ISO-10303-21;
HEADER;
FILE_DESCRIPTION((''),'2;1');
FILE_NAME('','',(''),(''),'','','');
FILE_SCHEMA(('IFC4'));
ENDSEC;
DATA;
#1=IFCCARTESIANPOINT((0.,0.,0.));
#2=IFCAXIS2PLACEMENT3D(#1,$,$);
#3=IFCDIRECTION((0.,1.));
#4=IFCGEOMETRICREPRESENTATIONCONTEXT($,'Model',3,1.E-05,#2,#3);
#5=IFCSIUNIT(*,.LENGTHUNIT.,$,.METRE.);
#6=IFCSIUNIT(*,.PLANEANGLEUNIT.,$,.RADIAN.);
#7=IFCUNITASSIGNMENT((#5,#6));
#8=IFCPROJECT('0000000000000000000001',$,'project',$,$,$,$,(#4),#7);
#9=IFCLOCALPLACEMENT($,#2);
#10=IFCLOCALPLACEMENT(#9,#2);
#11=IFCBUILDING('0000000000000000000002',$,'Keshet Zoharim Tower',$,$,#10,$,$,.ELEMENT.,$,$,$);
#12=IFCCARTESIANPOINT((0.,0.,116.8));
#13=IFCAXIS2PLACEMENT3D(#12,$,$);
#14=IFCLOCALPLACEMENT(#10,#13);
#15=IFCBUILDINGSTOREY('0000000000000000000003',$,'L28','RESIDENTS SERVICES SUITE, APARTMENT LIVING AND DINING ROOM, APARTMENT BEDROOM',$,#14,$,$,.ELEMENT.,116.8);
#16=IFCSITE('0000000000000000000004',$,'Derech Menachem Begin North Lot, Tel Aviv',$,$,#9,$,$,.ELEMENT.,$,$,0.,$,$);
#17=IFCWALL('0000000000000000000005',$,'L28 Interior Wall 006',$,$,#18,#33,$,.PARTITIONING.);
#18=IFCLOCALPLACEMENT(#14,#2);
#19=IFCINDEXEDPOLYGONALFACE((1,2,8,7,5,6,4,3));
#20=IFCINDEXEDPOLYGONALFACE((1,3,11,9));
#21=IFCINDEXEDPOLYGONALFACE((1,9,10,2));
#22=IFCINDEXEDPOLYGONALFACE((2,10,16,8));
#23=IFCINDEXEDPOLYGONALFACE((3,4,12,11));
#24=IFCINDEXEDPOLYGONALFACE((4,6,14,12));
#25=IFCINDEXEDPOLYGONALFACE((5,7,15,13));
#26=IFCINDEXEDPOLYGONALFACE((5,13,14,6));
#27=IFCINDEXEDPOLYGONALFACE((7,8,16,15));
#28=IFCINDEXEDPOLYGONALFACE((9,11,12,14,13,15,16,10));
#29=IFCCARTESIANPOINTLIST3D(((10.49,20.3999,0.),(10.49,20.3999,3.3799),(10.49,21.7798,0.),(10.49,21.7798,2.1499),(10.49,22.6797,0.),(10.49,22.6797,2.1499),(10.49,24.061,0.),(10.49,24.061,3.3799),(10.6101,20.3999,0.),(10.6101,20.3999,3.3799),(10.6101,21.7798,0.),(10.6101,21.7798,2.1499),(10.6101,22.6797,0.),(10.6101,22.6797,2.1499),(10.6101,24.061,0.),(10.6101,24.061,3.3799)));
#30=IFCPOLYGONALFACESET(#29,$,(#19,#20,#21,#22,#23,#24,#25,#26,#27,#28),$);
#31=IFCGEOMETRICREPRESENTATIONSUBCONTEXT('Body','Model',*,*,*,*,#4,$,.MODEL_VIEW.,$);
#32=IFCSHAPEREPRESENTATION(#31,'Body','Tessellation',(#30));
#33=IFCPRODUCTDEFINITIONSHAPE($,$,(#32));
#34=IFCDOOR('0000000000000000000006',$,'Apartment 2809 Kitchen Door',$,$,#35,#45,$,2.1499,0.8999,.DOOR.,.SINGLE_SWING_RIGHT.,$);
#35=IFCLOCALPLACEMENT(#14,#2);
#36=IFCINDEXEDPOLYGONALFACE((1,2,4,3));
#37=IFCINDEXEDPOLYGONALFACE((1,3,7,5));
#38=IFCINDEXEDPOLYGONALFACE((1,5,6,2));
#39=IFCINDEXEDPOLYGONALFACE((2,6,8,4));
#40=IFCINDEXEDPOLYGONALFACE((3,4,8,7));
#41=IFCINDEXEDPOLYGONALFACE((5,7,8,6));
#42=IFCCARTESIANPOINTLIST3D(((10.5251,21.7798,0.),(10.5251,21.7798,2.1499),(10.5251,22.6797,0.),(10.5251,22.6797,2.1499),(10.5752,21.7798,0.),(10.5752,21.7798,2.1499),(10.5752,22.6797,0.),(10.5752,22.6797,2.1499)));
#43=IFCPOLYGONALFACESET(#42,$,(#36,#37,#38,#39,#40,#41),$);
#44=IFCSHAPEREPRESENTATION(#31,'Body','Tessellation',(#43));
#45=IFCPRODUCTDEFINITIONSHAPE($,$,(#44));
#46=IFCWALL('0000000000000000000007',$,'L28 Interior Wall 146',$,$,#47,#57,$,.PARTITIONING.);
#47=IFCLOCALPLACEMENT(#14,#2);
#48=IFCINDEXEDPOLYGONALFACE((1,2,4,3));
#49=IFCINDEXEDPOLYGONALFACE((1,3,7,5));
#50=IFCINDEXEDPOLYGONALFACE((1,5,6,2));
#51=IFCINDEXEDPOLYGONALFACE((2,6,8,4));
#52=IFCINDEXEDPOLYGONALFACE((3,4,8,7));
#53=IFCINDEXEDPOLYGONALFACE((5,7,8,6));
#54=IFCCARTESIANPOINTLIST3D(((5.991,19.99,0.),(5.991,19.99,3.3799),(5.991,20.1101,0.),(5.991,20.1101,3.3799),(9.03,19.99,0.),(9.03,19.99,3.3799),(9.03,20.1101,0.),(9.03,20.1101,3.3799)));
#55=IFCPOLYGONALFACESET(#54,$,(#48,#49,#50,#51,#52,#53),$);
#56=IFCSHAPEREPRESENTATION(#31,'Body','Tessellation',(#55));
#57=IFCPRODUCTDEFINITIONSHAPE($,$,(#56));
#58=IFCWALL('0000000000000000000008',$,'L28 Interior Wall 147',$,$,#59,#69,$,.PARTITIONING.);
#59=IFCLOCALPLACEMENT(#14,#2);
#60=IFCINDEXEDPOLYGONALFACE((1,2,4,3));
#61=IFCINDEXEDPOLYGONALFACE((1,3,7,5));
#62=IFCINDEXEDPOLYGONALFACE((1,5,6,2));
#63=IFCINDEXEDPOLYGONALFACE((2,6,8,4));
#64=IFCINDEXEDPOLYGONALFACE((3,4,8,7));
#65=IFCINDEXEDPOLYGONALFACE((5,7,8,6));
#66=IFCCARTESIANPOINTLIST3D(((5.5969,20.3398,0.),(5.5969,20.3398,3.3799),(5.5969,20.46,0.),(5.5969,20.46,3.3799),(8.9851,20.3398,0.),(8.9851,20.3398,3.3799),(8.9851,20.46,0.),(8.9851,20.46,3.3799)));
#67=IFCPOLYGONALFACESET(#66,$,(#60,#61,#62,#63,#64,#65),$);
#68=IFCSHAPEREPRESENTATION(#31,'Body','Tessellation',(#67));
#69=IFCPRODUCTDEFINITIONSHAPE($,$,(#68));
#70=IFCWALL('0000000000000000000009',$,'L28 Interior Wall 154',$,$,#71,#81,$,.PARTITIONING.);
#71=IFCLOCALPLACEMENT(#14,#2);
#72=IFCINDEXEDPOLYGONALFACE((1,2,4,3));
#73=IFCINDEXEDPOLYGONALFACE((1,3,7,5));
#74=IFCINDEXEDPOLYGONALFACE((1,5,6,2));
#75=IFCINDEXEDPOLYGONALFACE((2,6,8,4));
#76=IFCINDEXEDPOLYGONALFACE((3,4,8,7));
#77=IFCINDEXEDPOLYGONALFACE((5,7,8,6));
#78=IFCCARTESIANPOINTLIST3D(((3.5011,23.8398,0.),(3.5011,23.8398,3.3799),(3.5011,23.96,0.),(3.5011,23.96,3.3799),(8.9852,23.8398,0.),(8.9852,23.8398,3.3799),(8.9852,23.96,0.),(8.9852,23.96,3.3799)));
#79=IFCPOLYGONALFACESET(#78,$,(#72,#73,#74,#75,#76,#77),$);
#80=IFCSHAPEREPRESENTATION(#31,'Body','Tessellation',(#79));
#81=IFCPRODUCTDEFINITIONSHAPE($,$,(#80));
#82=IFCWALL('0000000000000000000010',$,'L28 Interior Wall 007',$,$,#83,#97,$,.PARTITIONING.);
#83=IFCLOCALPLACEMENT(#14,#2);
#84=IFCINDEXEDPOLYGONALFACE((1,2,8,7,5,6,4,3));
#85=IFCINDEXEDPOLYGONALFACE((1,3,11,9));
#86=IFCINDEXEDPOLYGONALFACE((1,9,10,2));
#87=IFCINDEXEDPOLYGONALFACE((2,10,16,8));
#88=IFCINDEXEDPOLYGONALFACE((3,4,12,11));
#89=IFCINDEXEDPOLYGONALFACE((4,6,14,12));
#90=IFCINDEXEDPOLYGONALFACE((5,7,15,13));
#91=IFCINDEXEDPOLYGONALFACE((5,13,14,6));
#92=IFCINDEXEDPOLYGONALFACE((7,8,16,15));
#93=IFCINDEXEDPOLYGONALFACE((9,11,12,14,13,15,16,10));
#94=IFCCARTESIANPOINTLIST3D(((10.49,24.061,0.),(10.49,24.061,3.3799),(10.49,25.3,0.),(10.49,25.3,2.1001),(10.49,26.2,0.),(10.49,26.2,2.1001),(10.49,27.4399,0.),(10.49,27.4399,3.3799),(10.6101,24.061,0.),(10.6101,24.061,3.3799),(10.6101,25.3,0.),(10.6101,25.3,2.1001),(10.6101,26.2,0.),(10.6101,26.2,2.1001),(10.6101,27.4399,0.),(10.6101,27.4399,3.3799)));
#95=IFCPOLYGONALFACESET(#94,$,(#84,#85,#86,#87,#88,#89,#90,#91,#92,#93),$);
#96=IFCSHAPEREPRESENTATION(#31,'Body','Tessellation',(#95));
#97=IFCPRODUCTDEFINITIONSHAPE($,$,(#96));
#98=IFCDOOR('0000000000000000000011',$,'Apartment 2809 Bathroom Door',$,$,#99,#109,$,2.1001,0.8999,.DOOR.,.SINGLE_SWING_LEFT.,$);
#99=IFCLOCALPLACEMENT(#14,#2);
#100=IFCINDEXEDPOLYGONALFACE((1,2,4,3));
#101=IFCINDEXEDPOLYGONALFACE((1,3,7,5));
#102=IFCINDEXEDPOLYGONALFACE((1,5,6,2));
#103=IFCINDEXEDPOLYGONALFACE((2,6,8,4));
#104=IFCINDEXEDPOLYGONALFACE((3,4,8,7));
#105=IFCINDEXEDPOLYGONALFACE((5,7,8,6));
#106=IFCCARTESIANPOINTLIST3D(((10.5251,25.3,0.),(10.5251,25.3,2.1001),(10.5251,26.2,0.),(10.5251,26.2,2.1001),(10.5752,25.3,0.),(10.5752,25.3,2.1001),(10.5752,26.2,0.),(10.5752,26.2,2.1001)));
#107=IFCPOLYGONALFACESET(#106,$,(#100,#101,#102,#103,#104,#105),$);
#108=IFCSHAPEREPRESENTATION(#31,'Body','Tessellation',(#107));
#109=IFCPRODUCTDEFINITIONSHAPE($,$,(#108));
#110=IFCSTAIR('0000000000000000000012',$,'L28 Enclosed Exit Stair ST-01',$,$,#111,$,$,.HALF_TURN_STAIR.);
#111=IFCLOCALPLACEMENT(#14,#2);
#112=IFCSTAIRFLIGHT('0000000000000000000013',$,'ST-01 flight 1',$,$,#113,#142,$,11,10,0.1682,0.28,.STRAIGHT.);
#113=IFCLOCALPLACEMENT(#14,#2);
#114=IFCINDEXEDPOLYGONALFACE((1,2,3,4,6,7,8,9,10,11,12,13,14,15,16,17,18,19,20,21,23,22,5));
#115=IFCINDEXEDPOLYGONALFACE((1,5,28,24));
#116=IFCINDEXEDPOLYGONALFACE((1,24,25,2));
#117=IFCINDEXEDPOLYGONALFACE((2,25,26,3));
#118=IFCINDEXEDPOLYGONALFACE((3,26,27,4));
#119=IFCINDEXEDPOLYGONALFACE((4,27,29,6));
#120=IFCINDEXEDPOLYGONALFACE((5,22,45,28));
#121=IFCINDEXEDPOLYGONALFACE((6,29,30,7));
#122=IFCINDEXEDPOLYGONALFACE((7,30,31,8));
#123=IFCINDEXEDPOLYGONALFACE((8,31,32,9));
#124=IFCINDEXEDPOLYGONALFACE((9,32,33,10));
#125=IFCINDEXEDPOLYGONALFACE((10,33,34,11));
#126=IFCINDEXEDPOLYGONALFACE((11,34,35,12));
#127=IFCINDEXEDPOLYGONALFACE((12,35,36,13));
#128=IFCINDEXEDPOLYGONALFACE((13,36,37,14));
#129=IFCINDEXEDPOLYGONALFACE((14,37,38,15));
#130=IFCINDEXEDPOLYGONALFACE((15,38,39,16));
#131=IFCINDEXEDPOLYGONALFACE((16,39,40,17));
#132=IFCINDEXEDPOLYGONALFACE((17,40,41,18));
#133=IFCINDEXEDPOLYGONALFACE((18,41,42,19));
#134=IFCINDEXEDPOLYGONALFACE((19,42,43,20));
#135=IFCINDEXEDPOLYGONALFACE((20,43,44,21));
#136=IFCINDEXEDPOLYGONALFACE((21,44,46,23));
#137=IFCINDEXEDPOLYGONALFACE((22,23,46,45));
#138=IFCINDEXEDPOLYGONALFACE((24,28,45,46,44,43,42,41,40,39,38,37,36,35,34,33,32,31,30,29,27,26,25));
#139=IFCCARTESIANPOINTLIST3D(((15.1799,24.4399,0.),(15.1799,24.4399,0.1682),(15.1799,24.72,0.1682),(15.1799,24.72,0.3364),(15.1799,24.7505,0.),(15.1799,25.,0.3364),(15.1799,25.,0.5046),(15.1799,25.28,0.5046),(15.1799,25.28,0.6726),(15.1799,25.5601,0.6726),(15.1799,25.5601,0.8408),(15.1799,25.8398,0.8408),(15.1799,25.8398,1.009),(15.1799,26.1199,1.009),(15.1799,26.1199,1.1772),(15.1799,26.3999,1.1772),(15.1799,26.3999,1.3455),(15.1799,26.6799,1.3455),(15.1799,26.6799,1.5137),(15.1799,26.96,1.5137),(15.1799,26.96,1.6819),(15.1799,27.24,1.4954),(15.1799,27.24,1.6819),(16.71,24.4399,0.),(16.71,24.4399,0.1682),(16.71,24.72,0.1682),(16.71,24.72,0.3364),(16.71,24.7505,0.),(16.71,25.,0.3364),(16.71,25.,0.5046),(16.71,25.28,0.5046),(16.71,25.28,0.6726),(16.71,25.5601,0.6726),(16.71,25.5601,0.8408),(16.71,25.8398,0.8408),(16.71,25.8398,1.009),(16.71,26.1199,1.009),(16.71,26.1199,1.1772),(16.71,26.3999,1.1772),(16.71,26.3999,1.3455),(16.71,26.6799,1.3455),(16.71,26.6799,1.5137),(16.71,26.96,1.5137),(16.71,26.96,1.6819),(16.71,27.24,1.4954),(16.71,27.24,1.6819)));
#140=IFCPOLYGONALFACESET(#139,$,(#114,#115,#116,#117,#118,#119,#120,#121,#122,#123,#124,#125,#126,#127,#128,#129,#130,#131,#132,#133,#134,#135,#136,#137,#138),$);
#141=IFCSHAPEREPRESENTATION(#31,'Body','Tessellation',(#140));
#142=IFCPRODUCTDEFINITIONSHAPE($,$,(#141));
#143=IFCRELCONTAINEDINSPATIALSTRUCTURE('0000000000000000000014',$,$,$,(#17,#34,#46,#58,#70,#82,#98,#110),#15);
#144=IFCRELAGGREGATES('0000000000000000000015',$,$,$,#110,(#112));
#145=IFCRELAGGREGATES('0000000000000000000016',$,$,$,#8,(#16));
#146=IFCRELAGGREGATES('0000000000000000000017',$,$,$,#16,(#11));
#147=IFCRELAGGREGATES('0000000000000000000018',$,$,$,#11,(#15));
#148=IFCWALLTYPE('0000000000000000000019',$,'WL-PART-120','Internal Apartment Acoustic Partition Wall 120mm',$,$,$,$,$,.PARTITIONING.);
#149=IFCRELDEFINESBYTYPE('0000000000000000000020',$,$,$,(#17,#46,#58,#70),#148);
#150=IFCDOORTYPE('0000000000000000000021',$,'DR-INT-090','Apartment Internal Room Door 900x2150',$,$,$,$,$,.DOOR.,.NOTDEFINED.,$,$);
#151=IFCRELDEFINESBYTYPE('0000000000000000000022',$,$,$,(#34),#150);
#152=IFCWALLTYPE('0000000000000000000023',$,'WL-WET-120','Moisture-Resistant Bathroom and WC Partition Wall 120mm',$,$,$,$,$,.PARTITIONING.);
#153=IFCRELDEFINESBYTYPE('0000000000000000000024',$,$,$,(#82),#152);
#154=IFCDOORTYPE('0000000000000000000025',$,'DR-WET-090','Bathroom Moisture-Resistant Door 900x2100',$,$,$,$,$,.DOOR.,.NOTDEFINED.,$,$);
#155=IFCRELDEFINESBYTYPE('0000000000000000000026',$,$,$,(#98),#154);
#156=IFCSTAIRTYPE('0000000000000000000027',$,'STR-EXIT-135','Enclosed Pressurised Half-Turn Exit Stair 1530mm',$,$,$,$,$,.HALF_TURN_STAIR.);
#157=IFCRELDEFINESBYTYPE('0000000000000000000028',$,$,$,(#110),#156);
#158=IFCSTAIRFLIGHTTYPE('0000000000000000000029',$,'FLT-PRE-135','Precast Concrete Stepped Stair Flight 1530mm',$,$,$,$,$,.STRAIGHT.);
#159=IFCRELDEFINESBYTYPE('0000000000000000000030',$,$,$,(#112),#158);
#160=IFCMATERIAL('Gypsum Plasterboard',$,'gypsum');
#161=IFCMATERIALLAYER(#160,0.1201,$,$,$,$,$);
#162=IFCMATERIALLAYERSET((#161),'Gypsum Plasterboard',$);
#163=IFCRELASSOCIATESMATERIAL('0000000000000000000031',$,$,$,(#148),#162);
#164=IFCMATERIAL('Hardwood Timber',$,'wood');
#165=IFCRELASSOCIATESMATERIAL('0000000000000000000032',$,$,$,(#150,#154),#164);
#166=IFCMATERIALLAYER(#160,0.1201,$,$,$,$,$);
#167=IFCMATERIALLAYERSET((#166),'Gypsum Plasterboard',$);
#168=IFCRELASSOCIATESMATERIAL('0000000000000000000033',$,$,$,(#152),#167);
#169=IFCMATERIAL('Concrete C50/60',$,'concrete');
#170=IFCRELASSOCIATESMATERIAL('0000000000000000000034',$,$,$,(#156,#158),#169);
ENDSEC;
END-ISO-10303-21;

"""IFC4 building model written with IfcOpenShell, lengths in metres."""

from ifc_helpers import new_model, si_unit, direction, frame, frame_2d, origin, place, context, subcontext, project, spatial, polyline, rectangle, outline, extrude, material, layer, layer_set, type_object, element, fill, aggregate, save


model = new_model("IFC4")

# Units and contexts
model_context = context("Model", 3, precision=1e-05, world=origin(), true_north=direction((0.0, 1.0)))
body_context = subcontext(model_context, "Body", "Model", "MODEL_VIEW")
ifc_project = project(units=[si_unit("LENGTHUNIT", "METRE"), si_unit("PLANEANGLEUNIT", "RADIAN")], contexts=[model_context])

# Site, building, storey
site_placement = place(None, origin())
site = spatial("IfcSite", under=ifc_project, at=site_placement, Name="Derech Menachem Begin North Lot, Tel Aviv", CompositionType="ELEMENT", RefElevation=0.0)
building_placement = place(site_placement, origin())
building = spatial("IfcBuilding", under=site, at=building_placement, Name="Keshet Zoharim Tower", CompositionType="ELEMENT")
storey_placement = place(building_placement, frame((0.0, 0.0, 116.8)))
storey = spatial("IfcBuildingStorey", under=building, at=storey_placement, Name="L28", Description="RESIDENTS SERVICES SUITE, APARTMENT LIVING AND DINING ROOM, APARTMENT BEDROOM", CompositionType="ELEMENT", Elevation=116.8)

# Shared definitions
ifc_material_1 = material(Name="Gypsum Plasterboard", Category="gypsum")

# Shared definitions
ifc_layer_1 = layer(ifc_material_1, 0.1201)
ifc_layer_set_1 = layer_set([ifc_layer_1], Name="Gypsum Plasterboard")
wall_type_1 = type_object("IfcWallType", Name="WL-PART-120", Description="Internal Apartment Acoustic Partition Wall 120mm", PredefinedType="PARTITIONING", material=ifc_layer_set_1)
ifc_material_2 = material(Name="Hardwood Timber", Category="wood")
door_type_1 = type_object("IfcDoorType", Name="DR-INT-090", Description="Apartment Internal Room Door 900x2150", OperationType="NOTDEFINED", PredefinedType="DOOR", material=ifc_material_2)

# Wall, opening, door
wall_1_placement = place(storey_placement, frame((10.55, 20.3999, 0.0), z_axis=(0.0, 0.0, 1.0), x_axis=(0.0, 1.0, 0.0)))
wall_1 = element("IfcWall", 1, at=wall_1_placement, inside=storey, type_object=wall_type_1, Name="L28 Interior Wall 006", PredefinedType="PARTITIONING", context=body_context, shape_type="SweptSolid", body=[
    extrude(rectangle(XDim=3.6611, YDim=0.1201, at=frame_2d((1.8306, 0.0))), origin(), (0.0, 0.0, 1.0), 3.3799),
])
opening_1_placement = place(wall_1_placement, frame((1.3799, 0.0, 0.0)))
opening_1 = element("IfcOpeningElement", 2, at=opening_1_placement, cuts=wall_1, PredefinedType="OPENING", context=body_context, shape_type="SweptSolid", body=[
    extrude(rectangle(XDim=0.8999, YDim=2.1499, at=frame_2d((0.45, 1.075))), frame((0.0, 0.0701, 0.0), z_axis=(0.0, -1.0, 0.0), x_axis=(1.0, 0.0, 0.0)), (0.0, 0.0, 1.0), 0.1401),
])
door_1_placement = place(opening_1_placement, origin())
door_1 = element("IfcDoor", 3, at=door_1_placement, inside=storey, type_object=door_type_1, Name="Apartment 2809 Kitchen Door", OperationType="SINGLE_SWING_RIGHT", OverallHeight=2.1499, OverallWidth=0.8999, PredefinedType="DOOR", context=body_context, shape_type="SweptSolid", body=[
    extrude(rectangle(XDim=0.8999, YDim=2.1499, at=frame_2d((0.45, 1.075))), frame((0.0, 0.0249, 0.0), z_axis=(0.0, -1.0, 0.0), x_axis=(1.0, 0.0, 0.0)), (0.0, 0.0, 1.0), 0.05),
])
fill(opening_1, door_1)

# Walls
wall_2_placement = place(storey_placement, frame((5.991, 20.05, 0.0), z_axis=(0.0, 0.0, 1.0), x_axis=(1.0, 0.0, 0.0)))
element("IfcWall", 4, at=wall_2_placement, inside=storey, type_object=wall_type_1, Name="L28 Interior Wall 146", PredefinedType="PARTITIONING", context=body_context, shape_type="SweptSolid", body=[
    extrude(rectangle(XDim=3.0391, YDim=0.1201, at=frame_2d((1.5195, 0.0))), origin(), (0.0, 0.0, 1.0), 3.3799),
])
wall_3_placement = place(storey_placement, frame((5.5969, 20.3999, 0.0), z_axis=(0.0, 0.0, 1.0), x_axis=(1.0, 0.0, 0.0)))
element("IfcWall", 5, at=wall_3_placement, inside=storey, type_object=wall_type_1, Name="L28 Interior Wall 147", PredefinedType="PARTITIONING", context=body_context, shape_type="SweptSolid", body=[
    extrude(rectangle(XDim=3.3882, YDim=0.1201, at=frame_2d((1.6941, 0.0))), origin(), (0.0, 0.0, 1.0), 3.3799),
])
wall_4_placement = place(storey_placement, frame((3.501, 23.8999, 0.0), z_axis=(0.0, 0.0, 1.0), x_axis=(1.0, 0.0, 0.0)))
element("IfcWall", 6, at=wall_4_placement, inside=storey, type_object=wall_type_1, Name="L28 Interior Wall 154", PredefinedType="PARTITIONING", context=body_context, shape_type="SweptSolid", body=[
    extrude(rectangle(XDim=5.4841, YDim=0.1201, at=frame_2d((2.7422, 0.0))), origin(), (0.0, 0.0, 1.0), 3.3799),
])

# Wall, opening, door
ifc_layer_2 = layer(ifc_material_1, 0.1201)
ifc_layer_set_2 = layer_set([ifc_layer_2], Name="Gypsum Plasterboard")
wall_type_2 = type_object("IfcWallType", Name="WL-WET-120", Description="Moisture-Resistant Bathroom and WC Partition Wall 120mm", PredefinedType="PARTITIONING", material=ifc_layer_set_2)
wall_5_placement = place(storey_placement, frame((10.55, 24.061, 0.0), z_axis=(0.0, 0.0, 1.0), x_axis=(0.0, 1.0, 0.0)))
wall_5 = element("IfcWall", 7, at=wall_5_placement, inside=storey, type_object=wall_type_2, Name="L28 Interior Wall 007", PredefinedType="PARTITIONING", context=body_context, shape_type="SweptSolid", body=[
    extrude(rectangle(XDim=3.3789, YDim=0.1201, at=frame_2d((1.6895, 0.0))), origin(), (0.0, 0.0, 1.0), 3.3799),
])
opening_2_placement = place(wall_5_placement, frame((1.239, 0.0, 0.0)))
opening_2 = element("IfcOpeningElement", 8, at=opening_2_placement, cuts=wall_5, PredefinedType="OPENING", context=body_context, shape_type="SweptSolid", body=[
    extrude(rectangle(XDim=0.8999, YDim=2.1001, at=frame_2d((0.45, 1.05))), frame((0.0, 0.0701, 0.0), z_axis=(0.0, -1.0, 0.0), x_axis=(1.0, 0.0, 0.0)), (0.0, 0.0, 1.0), 0.1401),
])
door_type_2 = type_object("IfcDoorType", Name="DR-WET-090", Description="Bathroom Moisture-Resistant Door 900x2100", OperationType="NOTDEFINED", PredefinedType="DOOR", material=ifc_material_2)
door_2_placement = place(opening_2_placement, origin())
door_2 = element("IfcDoor", 9, at=door_2_placement, inside=storey, type_object=door_type_2, Name="Apartment 2809 Bathroom Door", OperationType="SINGLE_SWING_LEFT", OverallHeight=2.1001, OverallWidth=0.8999, PredefinedType="DOOR", context=body_context, shape_type="SweptSolid", body=[
    extrude(rectangle(XDim=0.8999, YDim=2.1001, at=frame_2d((0.45, 1.05))), frame((0.0, 0.0249, 0.0), z_axis=(0.0, -1.0, 0.0), x_axis=(1.0, 0.0, 0.0)), (0.0, 0.0, 1.0), 0.05),
])
fill(opening_2, door_2)

# Stair, stair flight
ifc_material_3 = material(Name="Concrete C50/60", Category="concrete")
stair_type = type_object("IfcStairType", Name="STR-EXIT-135", Description="Enclosed Pressurised Half-Turn Exit Stair 1530mm", PredefinedType="HALF_TURN_STAIR", material=ifc_material_3)
stair_placement = place(storey_placement, origin())
stair = element("IfcStair", 10, at=stair_placement, inside=storey, type_object=stair_type, Name="L28 Enclosed Exit Stair ST-01", PredefinedType="HALF_TURN_STAIR")
stair_flight_type = type_object("IfcStairFlightType", Name="FLT-PRE-135", Description="Precast Concrete Stepped Stair Flight 1530mm", PredefinedType="STRAIGHT", material=ifc_material_3)
stair_flight_placement = place(storey_placement, frame((15.9451, 24.4399, 0.0), z_axis=(0.0, 0.0, 1.0), x_axis=(0.0, 1.0, 0.0)))
stair_flight = element("IfcStairFlight", 11, at=stair_flight_placement, type_object=stair_flight_type, Name="ST-01 flight 1", NumberOfRisers=11, NumberOfTreads=10, PredefinedType="STRAIGHT", RiserHeight=0.1682, TreadLength=0.28, context=body_context, shape_type="SweptSolid", body=[
    extrude(outline(polyline([(0.0, 0.0), (0.0, 0.1682), (0.28, 0.1682), (0.28, 0.3364), (0.5601, 0.3364), (0.5601, 0.5046), (0.8401, 0.5046), (0.8401, 0.6726), (1.1201, 0.6726), (1.1201, 0.8408), (1.3999, 0.8408), (1.3999, 1.009), (1.6799, 1.009), (1.6799, 1.1772), (1.96, 1.1772), (1.96, 1.3455), (2.24, 1.3455), (2.24, 1.5137), (2.52, 1.5137), (2.52, 1.6819), (2.8, 1.6819), (2.8, 1.8501), (2.8, 1.4954), (0.3105, 0.0), (0.0, 0.0)])), frame((0.0, 0.7651, 0.0), z_axis=(0.0, -1.0, 0.0), x_axis=(1.0, 0.0, 0.0)), (0.0, 0.0, 1.0), 1.53),
])
aggregate(stair, [stair_flight])

save(model, "model.ifc")
